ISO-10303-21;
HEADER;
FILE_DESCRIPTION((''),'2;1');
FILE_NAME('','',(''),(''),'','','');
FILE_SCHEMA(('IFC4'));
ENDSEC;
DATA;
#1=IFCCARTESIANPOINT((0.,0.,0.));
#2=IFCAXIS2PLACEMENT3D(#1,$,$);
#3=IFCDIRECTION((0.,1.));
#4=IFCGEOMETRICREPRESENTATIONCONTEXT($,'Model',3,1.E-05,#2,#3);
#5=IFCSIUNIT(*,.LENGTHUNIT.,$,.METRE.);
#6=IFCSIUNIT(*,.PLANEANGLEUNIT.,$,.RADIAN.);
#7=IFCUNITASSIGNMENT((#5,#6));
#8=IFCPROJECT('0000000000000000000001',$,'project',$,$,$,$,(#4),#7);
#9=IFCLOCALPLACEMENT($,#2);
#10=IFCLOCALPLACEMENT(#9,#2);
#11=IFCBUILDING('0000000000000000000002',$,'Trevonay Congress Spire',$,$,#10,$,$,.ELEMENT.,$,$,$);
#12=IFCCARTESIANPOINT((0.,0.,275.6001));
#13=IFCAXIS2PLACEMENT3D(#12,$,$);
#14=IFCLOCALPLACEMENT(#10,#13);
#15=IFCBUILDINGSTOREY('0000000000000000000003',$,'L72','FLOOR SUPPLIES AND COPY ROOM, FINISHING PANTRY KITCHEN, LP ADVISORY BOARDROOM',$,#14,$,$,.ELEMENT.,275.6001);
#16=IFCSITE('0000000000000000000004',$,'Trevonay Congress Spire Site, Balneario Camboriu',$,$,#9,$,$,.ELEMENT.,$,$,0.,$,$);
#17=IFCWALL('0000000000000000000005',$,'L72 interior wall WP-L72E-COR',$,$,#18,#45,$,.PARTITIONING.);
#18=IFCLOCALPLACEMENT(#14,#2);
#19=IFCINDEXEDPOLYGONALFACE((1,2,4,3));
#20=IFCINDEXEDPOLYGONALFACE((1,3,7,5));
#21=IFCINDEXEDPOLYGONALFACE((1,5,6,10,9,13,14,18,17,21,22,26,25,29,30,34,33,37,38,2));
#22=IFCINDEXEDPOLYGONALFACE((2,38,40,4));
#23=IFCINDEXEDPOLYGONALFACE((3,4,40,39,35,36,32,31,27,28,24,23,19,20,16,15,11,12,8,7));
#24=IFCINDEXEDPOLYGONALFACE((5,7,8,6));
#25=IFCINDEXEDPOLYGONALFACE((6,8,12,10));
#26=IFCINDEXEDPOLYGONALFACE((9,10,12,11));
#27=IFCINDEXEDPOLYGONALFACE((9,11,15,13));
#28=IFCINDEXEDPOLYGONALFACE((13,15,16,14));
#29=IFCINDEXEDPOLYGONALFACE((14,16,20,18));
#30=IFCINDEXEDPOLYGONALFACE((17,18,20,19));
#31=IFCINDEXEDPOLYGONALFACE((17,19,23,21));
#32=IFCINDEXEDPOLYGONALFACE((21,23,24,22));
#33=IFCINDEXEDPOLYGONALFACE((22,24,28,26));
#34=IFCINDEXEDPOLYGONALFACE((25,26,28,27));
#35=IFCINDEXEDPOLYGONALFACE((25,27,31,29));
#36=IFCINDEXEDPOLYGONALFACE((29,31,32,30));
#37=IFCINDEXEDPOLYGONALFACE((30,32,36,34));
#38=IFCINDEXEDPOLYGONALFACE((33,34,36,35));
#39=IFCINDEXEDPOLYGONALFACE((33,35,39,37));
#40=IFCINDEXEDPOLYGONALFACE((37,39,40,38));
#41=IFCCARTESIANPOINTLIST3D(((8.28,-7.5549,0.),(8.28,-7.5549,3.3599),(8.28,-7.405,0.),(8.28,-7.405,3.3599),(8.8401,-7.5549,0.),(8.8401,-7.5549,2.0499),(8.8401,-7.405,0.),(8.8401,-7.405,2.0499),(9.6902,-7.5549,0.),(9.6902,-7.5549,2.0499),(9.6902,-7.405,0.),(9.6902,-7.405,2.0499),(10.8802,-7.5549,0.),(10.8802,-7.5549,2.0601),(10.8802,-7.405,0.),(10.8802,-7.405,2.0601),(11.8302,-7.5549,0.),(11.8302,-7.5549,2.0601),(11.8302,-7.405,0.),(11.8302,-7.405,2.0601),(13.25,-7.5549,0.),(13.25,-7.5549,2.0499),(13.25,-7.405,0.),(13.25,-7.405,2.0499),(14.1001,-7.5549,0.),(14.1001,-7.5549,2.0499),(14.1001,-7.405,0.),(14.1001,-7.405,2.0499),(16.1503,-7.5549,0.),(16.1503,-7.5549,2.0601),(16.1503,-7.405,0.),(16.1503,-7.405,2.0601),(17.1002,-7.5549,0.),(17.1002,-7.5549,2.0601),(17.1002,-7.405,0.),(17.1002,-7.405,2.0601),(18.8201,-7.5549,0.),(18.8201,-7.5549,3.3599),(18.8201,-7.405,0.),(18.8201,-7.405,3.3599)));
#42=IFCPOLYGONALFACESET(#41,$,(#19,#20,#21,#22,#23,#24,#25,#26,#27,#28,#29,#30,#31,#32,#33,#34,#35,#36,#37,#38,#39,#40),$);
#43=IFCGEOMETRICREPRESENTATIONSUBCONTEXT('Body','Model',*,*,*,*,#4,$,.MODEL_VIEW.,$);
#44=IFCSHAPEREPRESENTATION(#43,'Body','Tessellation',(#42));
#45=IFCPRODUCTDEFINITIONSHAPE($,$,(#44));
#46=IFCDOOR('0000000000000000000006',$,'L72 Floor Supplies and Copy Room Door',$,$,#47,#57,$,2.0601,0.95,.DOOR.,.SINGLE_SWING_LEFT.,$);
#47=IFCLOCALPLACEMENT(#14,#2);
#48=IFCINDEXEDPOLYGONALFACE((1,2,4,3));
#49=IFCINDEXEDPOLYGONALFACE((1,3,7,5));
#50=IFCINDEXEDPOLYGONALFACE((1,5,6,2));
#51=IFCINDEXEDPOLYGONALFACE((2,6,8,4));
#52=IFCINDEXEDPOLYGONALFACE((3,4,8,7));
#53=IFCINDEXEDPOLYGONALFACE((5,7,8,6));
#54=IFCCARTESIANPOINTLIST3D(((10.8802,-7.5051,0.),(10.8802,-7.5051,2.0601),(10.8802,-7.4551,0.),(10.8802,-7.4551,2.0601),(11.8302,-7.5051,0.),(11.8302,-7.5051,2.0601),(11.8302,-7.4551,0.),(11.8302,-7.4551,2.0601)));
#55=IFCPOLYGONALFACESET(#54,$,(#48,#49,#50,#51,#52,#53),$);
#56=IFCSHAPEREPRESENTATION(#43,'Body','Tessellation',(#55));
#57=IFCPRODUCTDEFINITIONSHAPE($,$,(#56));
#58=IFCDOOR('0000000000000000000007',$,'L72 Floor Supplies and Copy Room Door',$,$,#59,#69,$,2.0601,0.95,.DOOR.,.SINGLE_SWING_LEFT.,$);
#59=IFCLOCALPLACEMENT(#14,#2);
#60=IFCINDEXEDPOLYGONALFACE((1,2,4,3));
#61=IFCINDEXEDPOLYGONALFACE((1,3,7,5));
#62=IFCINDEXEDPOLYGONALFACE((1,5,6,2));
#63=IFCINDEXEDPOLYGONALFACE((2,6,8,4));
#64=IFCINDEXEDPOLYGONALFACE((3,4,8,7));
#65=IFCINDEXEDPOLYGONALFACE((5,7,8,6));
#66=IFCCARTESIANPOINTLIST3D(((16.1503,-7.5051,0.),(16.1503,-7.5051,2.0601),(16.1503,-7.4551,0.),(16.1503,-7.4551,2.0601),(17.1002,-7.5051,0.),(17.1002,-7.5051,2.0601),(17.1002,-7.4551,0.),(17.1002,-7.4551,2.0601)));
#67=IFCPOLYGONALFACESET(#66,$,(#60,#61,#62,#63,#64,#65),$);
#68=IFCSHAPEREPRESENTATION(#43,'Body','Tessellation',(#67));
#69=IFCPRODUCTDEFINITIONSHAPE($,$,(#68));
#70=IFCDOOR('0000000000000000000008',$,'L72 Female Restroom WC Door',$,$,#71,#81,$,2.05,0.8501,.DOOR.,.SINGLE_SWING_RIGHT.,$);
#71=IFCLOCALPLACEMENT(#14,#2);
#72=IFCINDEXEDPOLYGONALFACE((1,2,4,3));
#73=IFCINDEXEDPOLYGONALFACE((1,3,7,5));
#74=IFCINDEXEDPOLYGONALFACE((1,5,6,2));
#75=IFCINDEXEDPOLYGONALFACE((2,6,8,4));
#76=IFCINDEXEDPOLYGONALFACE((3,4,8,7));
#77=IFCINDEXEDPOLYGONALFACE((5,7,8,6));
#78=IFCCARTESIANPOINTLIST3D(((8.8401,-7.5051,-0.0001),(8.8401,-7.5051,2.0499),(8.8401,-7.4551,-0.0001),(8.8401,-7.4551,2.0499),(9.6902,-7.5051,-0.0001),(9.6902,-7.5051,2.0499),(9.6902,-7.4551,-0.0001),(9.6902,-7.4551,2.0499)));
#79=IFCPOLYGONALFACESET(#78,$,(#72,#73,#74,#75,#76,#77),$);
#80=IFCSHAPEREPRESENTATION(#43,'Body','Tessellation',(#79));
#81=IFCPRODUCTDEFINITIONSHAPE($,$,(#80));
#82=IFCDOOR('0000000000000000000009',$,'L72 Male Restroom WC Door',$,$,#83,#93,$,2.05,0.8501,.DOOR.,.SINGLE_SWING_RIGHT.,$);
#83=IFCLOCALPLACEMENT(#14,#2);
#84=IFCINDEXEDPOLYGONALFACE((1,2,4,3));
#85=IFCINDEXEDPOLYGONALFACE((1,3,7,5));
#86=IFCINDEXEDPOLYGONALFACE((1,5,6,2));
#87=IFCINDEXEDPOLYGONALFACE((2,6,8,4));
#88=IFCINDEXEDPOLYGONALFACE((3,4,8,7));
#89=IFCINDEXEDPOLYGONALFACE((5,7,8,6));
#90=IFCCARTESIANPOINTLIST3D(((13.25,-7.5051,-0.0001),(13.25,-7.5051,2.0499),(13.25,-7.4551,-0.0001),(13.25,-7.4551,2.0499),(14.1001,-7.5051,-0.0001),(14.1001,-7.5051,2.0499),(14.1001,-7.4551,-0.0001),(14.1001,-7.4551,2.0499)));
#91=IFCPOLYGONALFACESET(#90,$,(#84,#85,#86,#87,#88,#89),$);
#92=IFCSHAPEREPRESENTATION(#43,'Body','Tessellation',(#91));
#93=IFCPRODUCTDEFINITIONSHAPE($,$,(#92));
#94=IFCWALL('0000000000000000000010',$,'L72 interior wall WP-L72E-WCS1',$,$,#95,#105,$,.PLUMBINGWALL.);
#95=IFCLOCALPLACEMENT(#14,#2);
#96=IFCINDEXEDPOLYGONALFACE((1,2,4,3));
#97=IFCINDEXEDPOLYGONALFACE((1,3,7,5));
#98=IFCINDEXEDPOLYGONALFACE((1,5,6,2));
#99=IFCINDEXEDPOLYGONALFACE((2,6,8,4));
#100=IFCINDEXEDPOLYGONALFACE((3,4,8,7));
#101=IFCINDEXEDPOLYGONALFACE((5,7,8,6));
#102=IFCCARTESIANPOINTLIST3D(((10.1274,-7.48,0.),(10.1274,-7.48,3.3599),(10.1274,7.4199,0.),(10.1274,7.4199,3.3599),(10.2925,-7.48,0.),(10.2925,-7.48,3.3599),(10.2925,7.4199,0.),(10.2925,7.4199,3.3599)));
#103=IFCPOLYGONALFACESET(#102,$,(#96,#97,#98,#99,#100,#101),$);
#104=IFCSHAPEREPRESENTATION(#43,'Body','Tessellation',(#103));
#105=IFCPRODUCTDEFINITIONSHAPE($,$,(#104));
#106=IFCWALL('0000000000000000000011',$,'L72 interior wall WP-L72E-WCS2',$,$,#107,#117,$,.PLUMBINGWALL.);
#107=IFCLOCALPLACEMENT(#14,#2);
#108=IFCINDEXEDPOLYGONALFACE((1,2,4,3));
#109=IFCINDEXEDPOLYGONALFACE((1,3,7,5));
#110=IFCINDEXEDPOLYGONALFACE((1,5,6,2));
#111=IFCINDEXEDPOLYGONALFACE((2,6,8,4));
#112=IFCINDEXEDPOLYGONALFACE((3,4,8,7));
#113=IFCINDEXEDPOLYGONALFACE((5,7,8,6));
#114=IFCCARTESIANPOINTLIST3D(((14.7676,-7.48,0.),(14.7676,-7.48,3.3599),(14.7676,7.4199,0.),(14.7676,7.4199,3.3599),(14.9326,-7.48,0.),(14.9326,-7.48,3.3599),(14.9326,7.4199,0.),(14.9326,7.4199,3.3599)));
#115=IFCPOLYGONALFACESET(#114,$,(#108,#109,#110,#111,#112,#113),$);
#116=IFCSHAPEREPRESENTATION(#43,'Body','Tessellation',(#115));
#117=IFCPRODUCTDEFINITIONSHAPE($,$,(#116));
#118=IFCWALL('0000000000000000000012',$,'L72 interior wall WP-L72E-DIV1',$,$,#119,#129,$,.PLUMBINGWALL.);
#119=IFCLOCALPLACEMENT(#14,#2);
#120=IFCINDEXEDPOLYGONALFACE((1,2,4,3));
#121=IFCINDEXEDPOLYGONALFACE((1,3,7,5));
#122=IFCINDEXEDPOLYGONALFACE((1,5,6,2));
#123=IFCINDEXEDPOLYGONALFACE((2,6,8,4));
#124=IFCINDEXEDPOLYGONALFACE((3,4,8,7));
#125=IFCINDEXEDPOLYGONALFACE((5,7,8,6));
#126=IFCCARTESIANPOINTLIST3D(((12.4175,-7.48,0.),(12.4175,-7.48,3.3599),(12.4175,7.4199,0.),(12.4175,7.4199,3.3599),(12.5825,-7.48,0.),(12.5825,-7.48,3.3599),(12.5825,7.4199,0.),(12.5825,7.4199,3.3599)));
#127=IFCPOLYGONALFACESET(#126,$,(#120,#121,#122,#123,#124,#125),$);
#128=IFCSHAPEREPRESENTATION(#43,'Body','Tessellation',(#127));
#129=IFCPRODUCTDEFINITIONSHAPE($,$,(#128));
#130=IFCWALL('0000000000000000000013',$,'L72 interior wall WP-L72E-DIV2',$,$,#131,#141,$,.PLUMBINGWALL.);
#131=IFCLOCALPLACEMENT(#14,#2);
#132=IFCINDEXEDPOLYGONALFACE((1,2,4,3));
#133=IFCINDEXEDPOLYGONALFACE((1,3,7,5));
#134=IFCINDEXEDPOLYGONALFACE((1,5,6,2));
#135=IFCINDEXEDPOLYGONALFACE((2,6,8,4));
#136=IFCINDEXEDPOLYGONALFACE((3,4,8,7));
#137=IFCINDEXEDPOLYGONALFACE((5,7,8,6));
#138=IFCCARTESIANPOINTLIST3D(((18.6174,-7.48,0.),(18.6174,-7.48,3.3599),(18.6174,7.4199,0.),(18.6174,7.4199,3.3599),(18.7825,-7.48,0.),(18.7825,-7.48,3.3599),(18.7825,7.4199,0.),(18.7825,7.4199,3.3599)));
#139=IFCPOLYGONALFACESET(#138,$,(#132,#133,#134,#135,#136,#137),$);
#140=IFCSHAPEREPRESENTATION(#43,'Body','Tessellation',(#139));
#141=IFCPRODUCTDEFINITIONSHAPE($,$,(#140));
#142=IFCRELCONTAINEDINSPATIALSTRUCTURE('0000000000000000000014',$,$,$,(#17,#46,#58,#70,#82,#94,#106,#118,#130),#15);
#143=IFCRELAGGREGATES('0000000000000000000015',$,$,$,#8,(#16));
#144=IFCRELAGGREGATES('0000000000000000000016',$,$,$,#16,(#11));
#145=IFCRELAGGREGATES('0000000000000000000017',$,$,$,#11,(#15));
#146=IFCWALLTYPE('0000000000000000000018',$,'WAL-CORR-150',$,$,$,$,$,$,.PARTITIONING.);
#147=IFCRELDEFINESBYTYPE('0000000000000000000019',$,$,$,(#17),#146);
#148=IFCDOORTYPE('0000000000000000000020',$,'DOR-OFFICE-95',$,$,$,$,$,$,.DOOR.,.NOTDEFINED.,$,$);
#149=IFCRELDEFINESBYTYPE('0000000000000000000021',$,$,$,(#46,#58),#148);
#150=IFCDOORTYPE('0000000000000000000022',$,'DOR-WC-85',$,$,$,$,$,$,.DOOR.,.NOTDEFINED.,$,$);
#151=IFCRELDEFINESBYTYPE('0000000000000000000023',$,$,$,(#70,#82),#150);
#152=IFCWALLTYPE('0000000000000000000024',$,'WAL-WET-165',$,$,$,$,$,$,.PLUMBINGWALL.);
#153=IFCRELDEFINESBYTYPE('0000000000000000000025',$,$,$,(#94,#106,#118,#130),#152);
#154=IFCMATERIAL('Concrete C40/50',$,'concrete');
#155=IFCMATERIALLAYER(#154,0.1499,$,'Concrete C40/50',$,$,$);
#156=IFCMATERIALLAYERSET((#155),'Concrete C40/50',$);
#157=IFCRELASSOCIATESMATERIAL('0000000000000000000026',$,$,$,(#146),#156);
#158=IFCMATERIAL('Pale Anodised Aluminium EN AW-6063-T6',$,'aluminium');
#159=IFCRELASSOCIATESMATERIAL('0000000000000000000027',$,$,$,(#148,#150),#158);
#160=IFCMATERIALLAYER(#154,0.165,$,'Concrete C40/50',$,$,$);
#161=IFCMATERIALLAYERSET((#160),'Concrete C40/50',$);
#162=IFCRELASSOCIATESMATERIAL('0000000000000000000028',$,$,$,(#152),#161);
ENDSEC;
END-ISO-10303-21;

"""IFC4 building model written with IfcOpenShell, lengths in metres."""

from ifc_helpers import new_model, si_unit, direction, frame, frame_2d, origin, place, context, subcontext, project, spatial, rectangle, extrude, material, layer, layer_set, type_object, element, fill, save


model = new_model("IFC4")

# Units and contexts
model_context = context("Model", 3, precision=1e-05, world=origin(), true_north=direction((0.0, 1.0)))
body_context = subcontext(model_context, "Body", "Model", "MODEL_VIEW")
ifc_project = project(units=[si_unit("LENGTHUNIT", "METRE"), si_unit("PLANEANGLEUNIT", "RADIAN")], contexts=[model_context])

# Site, building, storey
site_placement = place(None, origin())
site = spatial("IfcSite", under=ifc_project, at=site_placement, Name="Trevonay Congress Spire Site, Balneario Camboriu", CompositionType="ELEMENT", RefElevation=0.0)
building_placement = place(site_placement, origin())
building = spatial("IfcBuilding", under=site, at=building_placement, Name="Trevonay Congress Spire", CompositionType="ELEMENT")
storey_placement = place(building_placement, frame((0.0, 0.0, 275.6001)))
storey = spatial("IfcBuildingStorey", under=building, at=storey_placement, Name="L72", Description="FLOOR SUPPLIES AND COPY ROOM, FINISHING PANTRY KITCHEN, LP ADVISORY BOARDROOM", CompositionType="ELEMENT", Elevation=275.6001)

# Shared definitions
ifc_material_1 = material(Name="Pale Anodised Aluminium EN AW-6063-T6", Category="aluminium")

# Wall, openings, doors
ifc_material_2 = material(Name="Concrete C40/50", Category="concrete")
ifc_layer_1 = layer(ifc_material_2, 0.1499, Name="Concrete C40/50")
ifc_layer_set_1 = layer_set([ifc_layer_1], Name="Concrete C40/50")
wall_type_1 = type_object("IfcWallType", Name="WAL-CORR-150", PredefinedType="PARTITIONING", material=ifc_layer_set_1)
wall_placement = place(storey_placement, frame((8.28, -7.48, 0.0), z_axis=(0.0, 0.0, 1.0), x_axis=(1.0, 0.0, 0.0)))
wall = element("IfcWall", 1, at=wall_placement, inside=storey, type_object=wall_type_1, Name="L72 interior wall WP-L72E-COR", PredefinedType="PARTITIONING", context=body_context, shape_type="SweptSolid", body=[
    extrude(rectangle(XDim=10.54, YDim=0.1499, at=frame_2d((5.27, 0.0))), origin(), (0.0, 0.0, 1.0), 3.3599),
])
opening_1_placement = place(wall_placement, frame((0.5601, 0.0, 0.0)))
opening_1 = element("IfcOpeningElement", 2, at=opening_1_placement, cuts=wall, PredefinedType="OPENING", context=body_context, shape_type="SweptSolid", body=[
    extrude(rectangle(XDim=0.8501, YDim=2.05, at=frame_2d((0.425, 1.0249))), frame((0.0, 0.085, 0.0), z_axis=(0.0, -1.0, 0.0), x_axis=(1.0, 0.0, 0.0)), (0.0, 0.0, 1.0), 0.1699),
])
opening_2_placement = place(wall_placement, frame((2.6001, 0.0, 0.0)))
opening_2 = element("IfcOpeningElement", 3, at=opening_2_placement, cuts=wall, PredefinedType="OPENING", context=body_context, shape_type="SweptSolid", body=[
    extrude(rectangle(XDim=0.95, YDim=2.0601, at=frame_2d((0.4751, 1.03))), frame((0.0, 0.085, 0.0), z_axis=(0.0, -1.0, 0.0), x_axis=(1.0, 0.0, 0.0)), (0.0, 0.0, 1.0), 0.1699),
])
opening_3_placement = place(wall_placement, frame((4.97, 0.0, 0.0)))
opening_3 = element("IfcOpeningElement", 4, at=opening_3_placement, cuts=wall, PredefinedType="OPENING", context=body_context, shape_type="SweptSolid", body=[
    extrude(rectangle(XDim=0.8501, YDim=2.05, at=frame_2d((0.425, 1.0249))), frame((0.0, 0.085, 0.0), z_axis=(0.0, -1.0, 0.0), x_axis=(1.0, 0.0, 0.0)), (0.0, 0.0, 1.0), 0.1699),
])
opening_4_placement = place(wall_placement, frame((7.8701, 0.0, 0.0)))
opening_4 = element("IfcOpeningElement", 5, at=opening_4_placement, cuts=wall, PredefinedType="OPENING", context=body_context, shape_type="SweptSolid", body=[
    extrude(rectangle(XDim=0.95, YDim=2.0601, at=frame_2d((0.4751, 1.03))), frame((0.0, 0.085, 0.0), z_axis=(0.0, -1.0, 0.0), x_axis=(1.0, 0.0, 0.0)), (0.0, 0.0, 1.0), 0.1699),
])
door_type_1 = type_object("IfcDoorType", Name="DOR-OFFICE-95", OperationType="NOTDEFINED", PredefinedType="DOOR", material=ifc_material_1)
door_1_placement = place(opening_2_placement, origin())
door_1 = element("IfcDoor", 6, at=door_1_placement, inside=storey, type_object=door_type_1, Name="L72 Floor Supplies and Copy Room Door", OperationType="SINGLE_SWING_LEFT", OverallHeight=2.0601, OverallWidth=0.95, PredefinedType="DOOR", context=body_context, shape_type="SweptSolid", body=[
    extrude(rectangle(XDim=0.95, YDim=2.0601, at=frame_2d((0.4751, 1.03))), frame((0.0, 0.0249, 0.0), z_axis=(0.0, -1.0, 0.0), x_axis=(1.0, 0.0, 0.0)), (0.0, 0.0, 1.0), 0.05),
])
fill(opening_2, door_1)
door_2_placement = place(opening_4_placement, origin())
door_2 = element("IfcDoor", 7, at=door_2_placement, inside=storey, type_object=door_type_1, Name="L72 Floor Supplies and Copy Room Door", OperationType="SINGLE_SWING_LEFT", OverallHeight=2.0601, OverallWidth=0.95, PredefinedType="DOOR", context=body_context, shape_type="SweptSolid", body=[
    extrude(rectangle(XDim=0.95, YDim=2.0601, at=frame_2d((0.4751, 1.03))), frame((0.0, 0.0249, 0.0), z_axis=(0.0, -1.0, 0.0), x_axis=(1.0, 0.0, 0.0)), (0.0, 0.0, 1.0), 0.05),
])
fill(opening_4, door_2)
door_type_2 = type_object("IfcDoorType", Name="DOR-WC-85", OperationType="NOTDEFINED", PredefinedType="DOOR", material=ifc_material_1)
door_3_placement = place(opening_1_placement, origin())
door_3 = element("IfcDoor", 8, at=door_3_placement, inside=storey, type_object=door_type_2, Name="L72 Female Restroom WC Door", OperationType="SINGLE_SWING_RIGHT", OverallHeight=2.05, OverallWidth=0.8501, PredefinedType="DOOR", context=body_context, shape_type="SweptSolid", body=[
    extrude(rectangle(XDim=0.8501, YDim=2.05, at=frame_2d((0.425, 1.0249))), frame((0.0, 0.0249, 0.0), z_axis=(0.0, -1.0, 0.0), x_axis=(1.0, 0.0, 0.0)), (0.0, 0.0, 1.0), 0.05),
])
fill(opening_1, door_3)
door_4_placement = place(opening_3_placement, origin())
door_4 = element("IfcDoor", 9, at=door_4_placement, inside=storey, type_object=door_type_2, Name="L72 Male Restroom WC Door", OperationType="SINGLE_SWING_RIGHT", OverallHeight=2.05, OverallWidth=0.8501, PredefinedType="DOOR", context=body_context, shape_type="SweptSolid", body=[
    extrude(rectangle(XDim=0.8501, YDim=2.05, at=frame_2d((0.425, 1.0249))), frame((0.0, 0.0249, 0.0), z_axis=(0.0, -1.0, 0.0), x_axis=(1.0, 0.0, 0.0)), (0.0, 0.0, 1.0), 0.05),
])
fill(opening_3, door_4)

# Walls
ifc_layer_2 = layer(ifc_material_2, 0.165, Name="Concrete C40/50")
ifc_layer_set_2 = layer_set([ifc_layer_2], Name="Concrete C40/50")
wall_type_2 = type_object("IfcWallType", Name="WAL-WET-165", PredefinedType="PLUMBINGWALL", material=ifc_layer_set_2)
for number, where, z_axis, x_axis, name in (
    (10, (10.21, -7.48, 0.0), (0.0, 0.0, 1.0), (0.0, 1.0, 0.0), "L72 interior wall WP-L72E-WCS1"),
    (11, (14.8501, -7.48, 0.0), (0.0, 0.0, 1.0), (0.0, 1.0, 0.0), "L72 interior wall WP-L72E-WCS2"),
    (12, (12.5, -7.48, 0.0), (0.0, 0.0, 1.0), (0.0, 1.0, 0.0), "L72 interior wall WP-L72E-DIV1"),
    (13, (18.7, -7.48, 0.0), (0.0, 0.0, 1.0), (0.0, 1.0, 0.0), "L72 interior wall WP-L72E-DIV2"),
):
    element("IfcWall", number, at=place(storey_placement, frame(where, z_axis=z_axis, x_axis=x_axis)), inside=storey, type_object=wall_type_2, Name=name, PredefinedType="PLUMBINGWALL", context=body_context, shape_type="SweptSolid", body=[
        extrude(rectangle(XDim=14.8999, YDim=0.165, at=frame_2d((7.45, 0.0))), origin(), (0.0, 0.0, 1.0), 3.3599),
    ])

save(model, "model.ifc")
